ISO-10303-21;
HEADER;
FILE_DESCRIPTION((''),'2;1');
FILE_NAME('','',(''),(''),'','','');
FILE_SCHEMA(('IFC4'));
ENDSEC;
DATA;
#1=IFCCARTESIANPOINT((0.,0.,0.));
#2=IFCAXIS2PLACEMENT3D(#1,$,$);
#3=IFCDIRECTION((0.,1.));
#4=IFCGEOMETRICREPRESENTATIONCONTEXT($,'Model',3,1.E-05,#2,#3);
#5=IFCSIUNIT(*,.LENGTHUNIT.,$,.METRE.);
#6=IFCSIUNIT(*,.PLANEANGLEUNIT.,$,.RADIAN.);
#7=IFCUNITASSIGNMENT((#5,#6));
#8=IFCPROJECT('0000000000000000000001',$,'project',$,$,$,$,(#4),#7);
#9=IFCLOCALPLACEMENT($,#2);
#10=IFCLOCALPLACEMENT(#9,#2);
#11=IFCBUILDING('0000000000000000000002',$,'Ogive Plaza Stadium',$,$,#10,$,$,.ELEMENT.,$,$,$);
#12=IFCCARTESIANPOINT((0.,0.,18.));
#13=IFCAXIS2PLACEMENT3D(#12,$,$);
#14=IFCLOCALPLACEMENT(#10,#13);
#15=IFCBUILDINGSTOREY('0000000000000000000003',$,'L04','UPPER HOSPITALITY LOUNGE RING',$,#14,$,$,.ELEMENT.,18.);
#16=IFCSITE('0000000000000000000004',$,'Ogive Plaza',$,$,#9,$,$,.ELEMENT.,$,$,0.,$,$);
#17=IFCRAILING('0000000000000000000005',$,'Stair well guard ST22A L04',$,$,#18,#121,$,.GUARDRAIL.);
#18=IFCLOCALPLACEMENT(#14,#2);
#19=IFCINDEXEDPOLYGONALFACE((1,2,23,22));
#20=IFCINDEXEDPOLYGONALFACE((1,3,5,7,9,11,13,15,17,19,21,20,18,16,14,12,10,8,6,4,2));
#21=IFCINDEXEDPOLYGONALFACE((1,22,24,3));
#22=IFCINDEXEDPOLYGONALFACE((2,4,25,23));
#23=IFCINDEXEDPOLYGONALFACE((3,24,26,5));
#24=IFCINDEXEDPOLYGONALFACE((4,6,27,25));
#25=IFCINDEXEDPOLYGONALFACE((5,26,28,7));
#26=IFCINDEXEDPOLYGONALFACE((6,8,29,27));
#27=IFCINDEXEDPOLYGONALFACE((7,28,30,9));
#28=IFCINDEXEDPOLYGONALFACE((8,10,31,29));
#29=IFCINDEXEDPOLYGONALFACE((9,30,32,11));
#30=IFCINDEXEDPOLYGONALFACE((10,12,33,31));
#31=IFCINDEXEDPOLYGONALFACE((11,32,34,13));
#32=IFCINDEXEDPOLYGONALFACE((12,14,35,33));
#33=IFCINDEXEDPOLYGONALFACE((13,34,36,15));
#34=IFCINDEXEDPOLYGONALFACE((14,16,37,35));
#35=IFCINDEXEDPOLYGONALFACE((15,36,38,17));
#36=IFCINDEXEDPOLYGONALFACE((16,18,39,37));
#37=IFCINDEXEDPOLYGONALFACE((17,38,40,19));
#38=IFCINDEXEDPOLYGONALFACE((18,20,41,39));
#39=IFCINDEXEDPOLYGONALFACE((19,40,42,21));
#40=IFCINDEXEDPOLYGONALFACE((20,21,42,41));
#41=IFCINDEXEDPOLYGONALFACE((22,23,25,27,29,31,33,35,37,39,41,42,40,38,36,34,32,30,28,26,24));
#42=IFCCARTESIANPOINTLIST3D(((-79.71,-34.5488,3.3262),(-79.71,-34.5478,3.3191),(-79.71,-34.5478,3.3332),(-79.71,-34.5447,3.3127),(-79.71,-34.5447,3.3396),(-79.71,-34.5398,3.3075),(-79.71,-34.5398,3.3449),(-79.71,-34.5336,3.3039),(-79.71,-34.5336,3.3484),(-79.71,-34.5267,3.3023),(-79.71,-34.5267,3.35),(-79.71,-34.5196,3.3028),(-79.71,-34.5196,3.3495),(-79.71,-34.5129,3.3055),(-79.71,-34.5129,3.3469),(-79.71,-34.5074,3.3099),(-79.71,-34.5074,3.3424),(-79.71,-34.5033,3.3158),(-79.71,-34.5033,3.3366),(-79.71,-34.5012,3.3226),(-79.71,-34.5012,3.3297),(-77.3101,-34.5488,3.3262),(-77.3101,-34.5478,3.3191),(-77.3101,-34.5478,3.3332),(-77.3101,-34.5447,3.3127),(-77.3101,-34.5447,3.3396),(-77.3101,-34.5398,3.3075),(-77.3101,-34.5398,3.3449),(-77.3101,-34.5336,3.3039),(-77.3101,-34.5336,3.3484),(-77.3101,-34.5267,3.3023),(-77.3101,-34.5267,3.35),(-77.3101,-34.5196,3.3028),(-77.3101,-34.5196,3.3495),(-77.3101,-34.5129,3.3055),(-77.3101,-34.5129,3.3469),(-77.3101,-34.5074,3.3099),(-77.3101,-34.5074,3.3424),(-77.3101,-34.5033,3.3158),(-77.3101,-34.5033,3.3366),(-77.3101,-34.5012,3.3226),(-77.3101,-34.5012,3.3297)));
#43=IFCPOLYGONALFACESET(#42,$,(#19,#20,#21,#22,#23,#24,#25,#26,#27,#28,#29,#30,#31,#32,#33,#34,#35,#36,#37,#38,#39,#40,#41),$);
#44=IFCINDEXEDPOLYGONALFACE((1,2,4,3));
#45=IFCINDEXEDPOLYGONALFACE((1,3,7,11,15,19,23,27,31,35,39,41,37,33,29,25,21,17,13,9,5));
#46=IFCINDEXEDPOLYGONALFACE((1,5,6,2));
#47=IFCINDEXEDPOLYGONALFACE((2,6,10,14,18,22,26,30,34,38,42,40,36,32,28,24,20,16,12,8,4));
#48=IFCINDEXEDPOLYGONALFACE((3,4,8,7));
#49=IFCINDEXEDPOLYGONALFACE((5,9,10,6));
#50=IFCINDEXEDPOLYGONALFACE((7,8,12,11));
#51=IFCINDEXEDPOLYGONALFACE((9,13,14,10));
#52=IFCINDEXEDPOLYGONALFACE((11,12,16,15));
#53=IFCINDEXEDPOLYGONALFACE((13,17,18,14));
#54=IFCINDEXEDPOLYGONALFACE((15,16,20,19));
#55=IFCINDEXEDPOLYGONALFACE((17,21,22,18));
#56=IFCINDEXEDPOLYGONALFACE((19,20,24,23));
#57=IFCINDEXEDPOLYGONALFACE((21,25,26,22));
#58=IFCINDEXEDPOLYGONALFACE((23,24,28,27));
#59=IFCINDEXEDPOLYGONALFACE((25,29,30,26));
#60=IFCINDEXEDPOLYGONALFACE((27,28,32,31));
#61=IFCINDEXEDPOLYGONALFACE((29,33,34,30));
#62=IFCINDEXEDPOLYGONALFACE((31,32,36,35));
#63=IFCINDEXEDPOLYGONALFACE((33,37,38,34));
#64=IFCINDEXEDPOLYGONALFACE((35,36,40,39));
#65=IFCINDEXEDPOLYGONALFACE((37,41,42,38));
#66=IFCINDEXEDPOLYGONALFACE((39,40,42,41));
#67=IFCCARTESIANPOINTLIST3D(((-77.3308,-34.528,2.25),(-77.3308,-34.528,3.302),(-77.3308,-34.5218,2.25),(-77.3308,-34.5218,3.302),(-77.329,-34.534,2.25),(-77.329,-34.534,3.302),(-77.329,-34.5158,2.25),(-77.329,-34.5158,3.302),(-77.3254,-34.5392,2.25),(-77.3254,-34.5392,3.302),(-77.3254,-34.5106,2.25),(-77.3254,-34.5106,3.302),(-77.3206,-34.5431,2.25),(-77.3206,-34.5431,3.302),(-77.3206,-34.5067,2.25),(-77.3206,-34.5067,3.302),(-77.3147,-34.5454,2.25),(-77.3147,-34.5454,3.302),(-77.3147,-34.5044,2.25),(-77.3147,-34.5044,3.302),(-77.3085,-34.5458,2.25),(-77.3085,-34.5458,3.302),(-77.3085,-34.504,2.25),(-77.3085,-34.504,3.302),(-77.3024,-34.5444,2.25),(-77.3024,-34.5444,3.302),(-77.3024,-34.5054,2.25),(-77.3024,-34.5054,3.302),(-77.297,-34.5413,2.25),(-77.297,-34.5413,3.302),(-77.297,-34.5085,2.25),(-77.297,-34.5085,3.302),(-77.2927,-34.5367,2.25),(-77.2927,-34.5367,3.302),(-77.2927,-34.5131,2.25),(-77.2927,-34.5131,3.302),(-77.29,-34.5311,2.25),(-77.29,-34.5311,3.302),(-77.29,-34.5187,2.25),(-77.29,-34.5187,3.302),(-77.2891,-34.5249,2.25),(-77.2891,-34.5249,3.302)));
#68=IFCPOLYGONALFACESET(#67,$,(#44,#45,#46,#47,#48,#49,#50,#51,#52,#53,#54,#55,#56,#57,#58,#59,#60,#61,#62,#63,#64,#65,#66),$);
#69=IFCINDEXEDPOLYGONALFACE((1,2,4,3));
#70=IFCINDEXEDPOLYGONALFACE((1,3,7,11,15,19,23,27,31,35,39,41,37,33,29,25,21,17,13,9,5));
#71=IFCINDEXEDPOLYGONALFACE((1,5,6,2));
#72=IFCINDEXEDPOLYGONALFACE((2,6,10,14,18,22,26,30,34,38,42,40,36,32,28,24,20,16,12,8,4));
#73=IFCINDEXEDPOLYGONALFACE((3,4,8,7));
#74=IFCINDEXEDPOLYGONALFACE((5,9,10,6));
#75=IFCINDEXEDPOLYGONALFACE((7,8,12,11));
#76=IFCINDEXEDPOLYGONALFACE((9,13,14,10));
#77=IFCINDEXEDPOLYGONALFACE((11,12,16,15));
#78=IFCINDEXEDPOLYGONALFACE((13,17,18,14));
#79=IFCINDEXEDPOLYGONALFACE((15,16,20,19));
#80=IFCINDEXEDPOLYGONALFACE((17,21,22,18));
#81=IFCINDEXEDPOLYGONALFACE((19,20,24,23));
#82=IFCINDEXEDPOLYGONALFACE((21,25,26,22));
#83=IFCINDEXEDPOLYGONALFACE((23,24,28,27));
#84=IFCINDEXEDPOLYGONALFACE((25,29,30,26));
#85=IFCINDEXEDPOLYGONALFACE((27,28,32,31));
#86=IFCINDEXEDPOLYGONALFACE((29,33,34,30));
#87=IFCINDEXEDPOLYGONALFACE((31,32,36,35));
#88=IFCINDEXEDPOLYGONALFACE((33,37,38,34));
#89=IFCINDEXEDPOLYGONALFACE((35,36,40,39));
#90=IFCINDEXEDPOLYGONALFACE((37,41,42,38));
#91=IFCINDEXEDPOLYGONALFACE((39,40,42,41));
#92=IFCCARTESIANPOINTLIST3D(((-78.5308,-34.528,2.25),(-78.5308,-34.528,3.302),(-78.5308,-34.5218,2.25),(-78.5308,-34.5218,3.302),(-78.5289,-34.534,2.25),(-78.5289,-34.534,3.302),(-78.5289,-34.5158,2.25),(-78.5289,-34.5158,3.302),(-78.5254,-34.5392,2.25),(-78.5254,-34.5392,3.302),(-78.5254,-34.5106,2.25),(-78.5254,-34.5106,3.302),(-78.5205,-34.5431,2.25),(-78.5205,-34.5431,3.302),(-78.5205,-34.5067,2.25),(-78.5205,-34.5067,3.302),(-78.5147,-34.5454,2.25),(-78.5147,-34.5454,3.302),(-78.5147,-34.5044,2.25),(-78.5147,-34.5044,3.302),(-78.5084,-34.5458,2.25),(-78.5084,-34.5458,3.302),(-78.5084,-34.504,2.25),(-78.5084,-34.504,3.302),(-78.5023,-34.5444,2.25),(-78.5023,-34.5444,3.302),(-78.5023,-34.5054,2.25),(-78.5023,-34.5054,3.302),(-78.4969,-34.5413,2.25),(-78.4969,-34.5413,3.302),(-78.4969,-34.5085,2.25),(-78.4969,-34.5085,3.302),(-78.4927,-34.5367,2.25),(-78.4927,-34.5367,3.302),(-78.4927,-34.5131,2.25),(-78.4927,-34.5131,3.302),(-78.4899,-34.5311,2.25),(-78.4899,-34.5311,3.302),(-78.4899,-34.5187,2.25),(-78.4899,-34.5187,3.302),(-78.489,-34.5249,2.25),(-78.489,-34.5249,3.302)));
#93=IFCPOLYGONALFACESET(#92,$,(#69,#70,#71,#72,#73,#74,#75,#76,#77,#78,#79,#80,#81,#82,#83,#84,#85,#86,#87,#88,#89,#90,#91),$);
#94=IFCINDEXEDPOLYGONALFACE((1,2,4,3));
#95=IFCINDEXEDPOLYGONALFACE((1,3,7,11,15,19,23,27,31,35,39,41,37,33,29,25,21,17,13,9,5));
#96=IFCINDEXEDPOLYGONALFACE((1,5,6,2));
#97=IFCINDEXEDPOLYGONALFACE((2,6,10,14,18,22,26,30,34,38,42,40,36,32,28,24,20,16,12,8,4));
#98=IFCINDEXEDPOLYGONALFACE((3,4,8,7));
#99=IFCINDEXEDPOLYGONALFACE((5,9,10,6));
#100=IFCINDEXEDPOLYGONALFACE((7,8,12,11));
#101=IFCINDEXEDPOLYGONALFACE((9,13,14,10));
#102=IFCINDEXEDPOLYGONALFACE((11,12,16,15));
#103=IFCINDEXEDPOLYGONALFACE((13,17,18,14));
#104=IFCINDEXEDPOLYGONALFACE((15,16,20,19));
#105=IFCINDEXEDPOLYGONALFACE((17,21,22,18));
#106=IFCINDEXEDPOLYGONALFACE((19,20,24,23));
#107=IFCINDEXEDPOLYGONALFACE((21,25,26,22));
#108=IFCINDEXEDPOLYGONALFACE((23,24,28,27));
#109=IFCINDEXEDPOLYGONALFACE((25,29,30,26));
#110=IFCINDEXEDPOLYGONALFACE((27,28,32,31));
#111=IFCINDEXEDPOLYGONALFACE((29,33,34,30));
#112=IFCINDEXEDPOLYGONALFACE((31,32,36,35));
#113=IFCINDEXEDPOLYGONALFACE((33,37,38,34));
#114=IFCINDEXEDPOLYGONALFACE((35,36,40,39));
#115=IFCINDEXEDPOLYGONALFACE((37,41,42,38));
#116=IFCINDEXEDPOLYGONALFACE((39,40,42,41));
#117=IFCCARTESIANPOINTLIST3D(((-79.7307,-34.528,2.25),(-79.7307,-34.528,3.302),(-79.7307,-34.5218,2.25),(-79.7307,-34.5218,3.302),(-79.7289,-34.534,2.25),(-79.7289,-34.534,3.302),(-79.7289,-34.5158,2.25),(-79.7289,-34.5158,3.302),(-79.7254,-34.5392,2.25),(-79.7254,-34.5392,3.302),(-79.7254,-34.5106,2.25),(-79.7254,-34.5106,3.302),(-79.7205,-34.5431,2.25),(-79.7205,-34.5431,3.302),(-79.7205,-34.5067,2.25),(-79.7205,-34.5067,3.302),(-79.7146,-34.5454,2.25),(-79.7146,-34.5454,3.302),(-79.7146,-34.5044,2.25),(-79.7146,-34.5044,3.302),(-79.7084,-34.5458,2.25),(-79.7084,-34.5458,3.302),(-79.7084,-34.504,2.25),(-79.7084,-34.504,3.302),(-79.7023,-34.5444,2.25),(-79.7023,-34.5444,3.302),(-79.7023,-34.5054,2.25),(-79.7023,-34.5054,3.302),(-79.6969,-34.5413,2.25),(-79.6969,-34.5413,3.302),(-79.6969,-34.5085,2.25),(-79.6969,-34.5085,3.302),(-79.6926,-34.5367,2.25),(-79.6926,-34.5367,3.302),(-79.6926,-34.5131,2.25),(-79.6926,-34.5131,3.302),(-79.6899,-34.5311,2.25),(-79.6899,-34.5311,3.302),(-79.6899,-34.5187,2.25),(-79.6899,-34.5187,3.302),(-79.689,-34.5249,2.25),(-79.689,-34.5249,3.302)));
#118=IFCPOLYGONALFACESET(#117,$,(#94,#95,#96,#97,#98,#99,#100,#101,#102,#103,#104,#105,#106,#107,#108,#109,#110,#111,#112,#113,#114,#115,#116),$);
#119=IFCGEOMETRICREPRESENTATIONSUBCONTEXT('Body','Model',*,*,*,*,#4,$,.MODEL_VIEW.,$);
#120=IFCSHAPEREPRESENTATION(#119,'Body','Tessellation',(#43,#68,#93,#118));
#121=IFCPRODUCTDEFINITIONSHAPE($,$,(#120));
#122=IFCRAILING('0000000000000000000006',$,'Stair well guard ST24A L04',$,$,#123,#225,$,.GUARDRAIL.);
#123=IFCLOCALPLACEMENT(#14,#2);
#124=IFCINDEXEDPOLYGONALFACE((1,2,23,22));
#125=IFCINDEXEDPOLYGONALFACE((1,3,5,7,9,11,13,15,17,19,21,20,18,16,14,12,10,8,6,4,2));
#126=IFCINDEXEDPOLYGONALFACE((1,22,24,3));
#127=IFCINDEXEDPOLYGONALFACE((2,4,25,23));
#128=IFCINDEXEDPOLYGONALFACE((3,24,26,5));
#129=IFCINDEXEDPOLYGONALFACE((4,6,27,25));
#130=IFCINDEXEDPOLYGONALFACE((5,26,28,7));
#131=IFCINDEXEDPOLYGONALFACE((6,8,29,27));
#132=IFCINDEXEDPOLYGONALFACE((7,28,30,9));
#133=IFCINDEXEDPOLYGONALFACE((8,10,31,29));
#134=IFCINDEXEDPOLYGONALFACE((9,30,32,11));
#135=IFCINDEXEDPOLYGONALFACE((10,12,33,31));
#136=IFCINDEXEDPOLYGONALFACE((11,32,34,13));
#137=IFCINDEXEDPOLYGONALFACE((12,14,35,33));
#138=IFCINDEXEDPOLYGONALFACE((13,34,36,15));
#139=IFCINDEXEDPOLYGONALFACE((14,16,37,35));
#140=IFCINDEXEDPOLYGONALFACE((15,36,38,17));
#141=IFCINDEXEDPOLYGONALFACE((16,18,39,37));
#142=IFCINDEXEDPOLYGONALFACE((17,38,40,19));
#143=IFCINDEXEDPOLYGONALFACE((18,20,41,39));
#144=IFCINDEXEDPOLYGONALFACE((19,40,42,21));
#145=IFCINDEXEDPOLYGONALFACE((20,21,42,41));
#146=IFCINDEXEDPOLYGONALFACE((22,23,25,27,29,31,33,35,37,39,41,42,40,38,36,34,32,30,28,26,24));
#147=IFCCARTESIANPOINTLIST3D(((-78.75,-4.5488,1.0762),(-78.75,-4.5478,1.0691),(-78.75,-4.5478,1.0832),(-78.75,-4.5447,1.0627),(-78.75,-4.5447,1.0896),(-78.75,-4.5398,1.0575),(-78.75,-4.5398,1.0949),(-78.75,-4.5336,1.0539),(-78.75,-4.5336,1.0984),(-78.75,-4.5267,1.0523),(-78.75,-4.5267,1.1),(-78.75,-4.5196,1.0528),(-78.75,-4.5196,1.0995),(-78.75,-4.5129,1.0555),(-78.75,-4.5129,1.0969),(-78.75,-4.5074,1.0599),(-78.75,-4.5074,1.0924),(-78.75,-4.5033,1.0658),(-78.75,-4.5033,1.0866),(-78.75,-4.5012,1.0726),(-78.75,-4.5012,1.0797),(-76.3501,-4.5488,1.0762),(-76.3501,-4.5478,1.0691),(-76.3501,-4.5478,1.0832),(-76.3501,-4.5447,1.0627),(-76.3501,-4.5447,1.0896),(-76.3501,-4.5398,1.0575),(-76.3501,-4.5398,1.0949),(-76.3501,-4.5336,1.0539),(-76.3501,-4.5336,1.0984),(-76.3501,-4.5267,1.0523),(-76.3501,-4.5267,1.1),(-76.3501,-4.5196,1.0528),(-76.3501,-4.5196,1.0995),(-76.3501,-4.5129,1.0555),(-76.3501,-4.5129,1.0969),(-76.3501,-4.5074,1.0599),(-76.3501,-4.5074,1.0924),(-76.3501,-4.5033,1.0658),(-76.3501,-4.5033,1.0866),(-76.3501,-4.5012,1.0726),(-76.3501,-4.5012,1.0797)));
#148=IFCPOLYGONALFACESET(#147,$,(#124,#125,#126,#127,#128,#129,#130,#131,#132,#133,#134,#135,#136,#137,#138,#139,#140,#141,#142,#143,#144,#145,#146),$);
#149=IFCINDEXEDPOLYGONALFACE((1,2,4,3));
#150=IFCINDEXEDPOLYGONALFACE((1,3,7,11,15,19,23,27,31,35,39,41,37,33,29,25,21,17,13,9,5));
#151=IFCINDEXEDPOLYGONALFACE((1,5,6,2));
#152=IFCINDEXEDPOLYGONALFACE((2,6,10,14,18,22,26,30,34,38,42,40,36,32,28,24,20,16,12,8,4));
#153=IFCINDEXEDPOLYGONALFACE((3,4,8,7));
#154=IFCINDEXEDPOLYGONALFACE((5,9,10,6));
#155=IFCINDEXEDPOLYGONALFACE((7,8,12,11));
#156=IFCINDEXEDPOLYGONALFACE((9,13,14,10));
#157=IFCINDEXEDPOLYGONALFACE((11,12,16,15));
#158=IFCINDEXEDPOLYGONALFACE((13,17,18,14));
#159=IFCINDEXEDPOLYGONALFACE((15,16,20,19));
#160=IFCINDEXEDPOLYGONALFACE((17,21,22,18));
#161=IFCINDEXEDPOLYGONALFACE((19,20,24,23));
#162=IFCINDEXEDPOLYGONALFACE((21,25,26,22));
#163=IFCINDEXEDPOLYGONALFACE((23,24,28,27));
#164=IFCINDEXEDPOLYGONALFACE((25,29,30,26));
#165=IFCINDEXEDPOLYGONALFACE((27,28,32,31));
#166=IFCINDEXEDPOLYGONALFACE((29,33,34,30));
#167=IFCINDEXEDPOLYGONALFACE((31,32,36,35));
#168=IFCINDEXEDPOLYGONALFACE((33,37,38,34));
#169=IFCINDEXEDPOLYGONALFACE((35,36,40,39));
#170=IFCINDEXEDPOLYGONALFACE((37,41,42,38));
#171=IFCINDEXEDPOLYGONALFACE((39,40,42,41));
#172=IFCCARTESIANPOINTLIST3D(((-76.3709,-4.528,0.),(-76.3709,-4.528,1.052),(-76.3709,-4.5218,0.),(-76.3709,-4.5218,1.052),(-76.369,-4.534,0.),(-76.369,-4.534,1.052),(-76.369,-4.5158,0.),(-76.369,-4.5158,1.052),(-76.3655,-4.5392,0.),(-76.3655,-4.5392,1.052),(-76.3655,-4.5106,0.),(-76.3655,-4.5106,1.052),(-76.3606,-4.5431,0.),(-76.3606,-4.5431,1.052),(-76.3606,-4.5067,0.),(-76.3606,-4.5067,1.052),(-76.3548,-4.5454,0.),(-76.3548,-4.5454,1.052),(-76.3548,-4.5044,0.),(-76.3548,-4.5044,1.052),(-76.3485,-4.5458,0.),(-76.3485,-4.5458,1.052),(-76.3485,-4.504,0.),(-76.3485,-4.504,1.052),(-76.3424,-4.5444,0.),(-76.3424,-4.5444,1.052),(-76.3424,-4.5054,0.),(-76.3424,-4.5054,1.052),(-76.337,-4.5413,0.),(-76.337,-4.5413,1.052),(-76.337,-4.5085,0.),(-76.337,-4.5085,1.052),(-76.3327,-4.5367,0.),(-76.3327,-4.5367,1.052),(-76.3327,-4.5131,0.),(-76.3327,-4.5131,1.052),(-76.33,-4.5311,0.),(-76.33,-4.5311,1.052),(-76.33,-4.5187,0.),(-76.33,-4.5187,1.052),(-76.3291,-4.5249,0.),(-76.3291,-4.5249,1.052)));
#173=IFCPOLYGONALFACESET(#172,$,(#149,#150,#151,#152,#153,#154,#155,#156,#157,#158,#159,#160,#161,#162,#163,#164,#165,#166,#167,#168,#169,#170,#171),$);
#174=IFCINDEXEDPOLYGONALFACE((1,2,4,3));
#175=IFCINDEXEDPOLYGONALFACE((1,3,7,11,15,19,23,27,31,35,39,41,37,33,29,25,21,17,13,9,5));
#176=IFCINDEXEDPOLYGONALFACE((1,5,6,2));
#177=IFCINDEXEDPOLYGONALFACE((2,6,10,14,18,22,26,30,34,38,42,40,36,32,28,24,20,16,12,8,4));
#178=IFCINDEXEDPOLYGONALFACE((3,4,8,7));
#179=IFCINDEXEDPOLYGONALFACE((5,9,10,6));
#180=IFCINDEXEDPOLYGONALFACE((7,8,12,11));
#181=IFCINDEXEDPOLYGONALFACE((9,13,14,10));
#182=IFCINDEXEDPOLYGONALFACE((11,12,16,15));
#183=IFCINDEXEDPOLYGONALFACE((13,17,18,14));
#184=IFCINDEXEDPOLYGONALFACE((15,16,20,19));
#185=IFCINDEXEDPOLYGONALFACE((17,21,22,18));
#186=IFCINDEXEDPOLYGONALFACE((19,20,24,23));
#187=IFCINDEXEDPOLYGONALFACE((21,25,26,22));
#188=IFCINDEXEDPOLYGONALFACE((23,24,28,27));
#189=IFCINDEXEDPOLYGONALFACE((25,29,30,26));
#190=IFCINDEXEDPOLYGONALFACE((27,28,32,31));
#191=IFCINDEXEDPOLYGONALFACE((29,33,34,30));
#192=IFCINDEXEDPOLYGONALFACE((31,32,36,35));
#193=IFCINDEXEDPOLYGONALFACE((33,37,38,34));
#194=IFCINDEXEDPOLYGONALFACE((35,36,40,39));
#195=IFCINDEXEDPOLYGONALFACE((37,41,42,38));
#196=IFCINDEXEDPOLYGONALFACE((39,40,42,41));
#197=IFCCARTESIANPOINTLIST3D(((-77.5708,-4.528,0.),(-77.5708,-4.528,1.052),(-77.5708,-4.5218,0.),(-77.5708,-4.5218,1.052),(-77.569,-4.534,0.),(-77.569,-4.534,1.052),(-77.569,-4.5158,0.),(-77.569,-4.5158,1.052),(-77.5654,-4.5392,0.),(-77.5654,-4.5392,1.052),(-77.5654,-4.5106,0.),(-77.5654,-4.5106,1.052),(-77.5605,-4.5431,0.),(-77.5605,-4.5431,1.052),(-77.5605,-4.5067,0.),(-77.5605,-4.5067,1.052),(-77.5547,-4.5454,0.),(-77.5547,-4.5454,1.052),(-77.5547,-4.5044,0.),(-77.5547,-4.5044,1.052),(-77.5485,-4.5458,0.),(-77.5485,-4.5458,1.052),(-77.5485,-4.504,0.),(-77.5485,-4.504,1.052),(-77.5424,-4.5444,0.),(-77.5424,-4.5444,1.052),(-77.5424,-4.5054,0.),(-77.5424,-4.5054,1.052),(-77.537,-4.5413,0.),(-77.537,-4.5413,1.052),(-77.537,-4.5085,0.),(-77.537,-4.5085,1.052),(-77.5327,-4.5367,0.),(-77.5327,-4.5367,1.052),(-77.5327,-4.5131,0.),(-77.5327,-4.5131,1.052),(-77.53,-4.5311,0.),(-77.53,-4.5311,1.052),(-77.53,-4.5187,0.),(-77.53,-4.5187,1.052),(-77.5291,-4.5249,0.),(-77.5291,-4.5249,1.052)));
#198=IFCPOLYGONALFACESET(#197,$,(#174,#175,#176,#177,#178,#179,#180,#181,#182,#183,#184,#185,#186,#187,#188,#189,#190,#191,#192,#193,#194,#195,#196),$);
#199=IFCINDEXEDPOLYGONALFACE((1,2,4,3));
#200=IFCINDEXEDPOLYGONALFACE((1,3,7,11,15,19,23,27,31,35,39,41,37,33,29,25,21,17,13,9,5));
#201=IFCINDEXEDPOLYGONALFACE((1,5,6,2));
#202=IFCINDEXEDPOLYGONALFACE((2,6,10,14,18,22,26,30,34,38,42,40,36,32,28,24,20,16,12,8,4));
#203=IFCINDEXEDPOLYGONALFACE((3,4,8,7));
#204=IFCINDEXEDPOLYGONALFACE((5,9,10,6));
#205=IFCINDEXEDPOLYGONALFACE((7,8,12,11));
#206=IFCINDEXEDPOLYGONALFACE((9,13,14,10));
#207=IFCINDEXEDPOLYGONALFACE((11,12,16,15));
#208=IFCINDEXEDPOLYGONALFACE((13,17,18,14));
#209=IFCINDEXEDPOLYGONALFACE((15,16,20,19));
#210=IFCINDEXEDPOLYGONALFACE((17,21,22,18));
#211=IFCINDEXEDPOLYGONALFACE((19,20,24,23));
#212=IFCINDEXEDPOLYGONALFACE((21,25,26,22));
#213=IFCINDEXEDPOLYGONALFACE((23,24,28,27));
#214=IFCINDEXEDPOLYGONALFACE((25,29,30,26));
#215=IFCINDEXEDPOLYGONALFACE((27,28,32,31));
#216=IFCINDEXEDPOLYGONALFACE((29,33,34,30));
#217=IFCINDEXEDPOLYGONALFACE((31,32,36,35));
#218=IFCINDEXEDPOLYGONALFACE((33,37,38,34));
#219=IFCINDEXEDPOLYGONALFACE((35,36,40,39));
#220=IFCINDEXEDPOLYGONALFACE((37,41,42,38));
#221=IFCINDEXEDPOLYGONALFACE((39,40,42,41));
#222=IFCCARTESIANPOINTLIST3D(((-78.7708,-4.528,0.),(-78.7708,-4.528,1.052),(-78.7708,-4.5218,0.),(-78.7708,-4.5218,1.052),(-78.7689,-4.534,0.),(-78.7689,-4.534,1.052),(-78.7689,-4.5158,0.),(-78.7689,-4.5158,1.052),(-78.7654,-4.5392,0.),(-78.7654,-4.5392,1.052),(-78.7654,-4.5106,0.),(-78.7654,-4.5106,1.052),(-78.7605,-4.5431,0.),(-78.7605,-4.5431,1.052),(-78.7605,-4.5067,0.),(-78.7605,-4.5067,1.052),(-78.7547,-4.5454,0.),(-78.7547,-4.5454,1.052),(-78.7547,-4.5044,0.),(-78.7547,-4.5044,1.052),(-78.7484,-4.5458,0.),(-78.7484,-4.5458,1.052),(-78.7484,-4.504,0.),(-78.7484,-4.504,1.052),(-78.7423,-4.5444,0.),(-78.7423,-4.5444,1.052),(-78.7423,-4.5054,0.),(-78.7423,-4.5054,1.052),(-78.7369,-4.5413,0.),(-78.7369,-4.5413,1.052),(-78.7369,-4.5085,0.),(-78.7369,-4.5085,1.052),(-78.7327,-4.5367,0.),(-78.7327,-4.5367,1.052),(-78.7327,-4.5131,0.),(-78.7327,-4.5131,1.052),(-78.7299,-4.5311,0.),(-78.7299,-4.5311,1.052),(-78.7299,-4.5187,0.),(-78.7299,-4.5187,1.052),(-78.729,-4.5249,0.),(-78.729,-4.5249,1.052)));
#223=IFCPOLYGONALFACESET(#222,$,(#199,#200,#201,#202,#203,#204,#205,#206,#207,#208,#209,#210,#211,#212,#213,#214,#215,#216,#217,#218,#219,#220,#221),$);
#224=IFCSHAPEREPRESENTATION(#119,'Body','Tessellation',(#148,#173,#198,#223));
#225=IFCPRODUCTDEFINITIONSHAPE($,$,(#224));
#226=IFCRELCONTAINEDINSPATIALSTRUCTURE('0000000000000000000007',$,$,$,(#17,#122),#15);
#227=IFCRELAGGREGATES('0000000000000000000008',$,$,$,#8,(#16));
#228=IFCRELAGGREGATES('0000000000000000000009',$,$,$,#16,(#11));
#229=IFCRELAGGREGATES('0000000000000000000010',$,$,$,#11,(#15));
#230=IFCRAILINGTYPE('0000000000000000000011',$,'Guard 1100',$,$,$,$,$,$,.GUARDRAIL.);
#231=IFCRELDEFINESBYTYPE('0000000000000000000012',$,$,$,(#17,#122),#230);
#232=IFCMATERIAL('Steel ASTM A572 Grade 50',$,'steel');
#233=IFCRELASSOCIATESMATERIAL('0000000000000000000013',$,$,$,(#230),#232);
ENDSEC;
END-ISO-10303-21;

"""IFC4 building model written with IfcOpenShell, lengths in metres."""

from ifc_helpers import new_model, si_unit, direction, frame, origin, origin_2d, place, context, subcontext, project, spatial, circle, extrude, material, type_object, element, save


model = new_model("IFC4")

# Units and contexts
model_context = context("Model", 3, precision=1e-05, world=origin(), true_north=direction((0.0, 1.0)))
body_context = subcontext(model_context, "Body", "Model", "MODEL_VIEW")
ifc_project = project(units=[si_unit("LENGTHUNIT", "METRE"), si_unit("PLANEANGLEUNIT", "RADIAN")], contexts=[model_context])

# Site, building, storey
site_placement = place(None, origin())
site = spatial("IfcSite", under=ifc_project, at=site_placement, Name="Ogive Plaza", CompositionType="ELEMENT", RefElevation=0.0)
building_placement = place(site_placement, origin())
building = spatial("IfcBuilding", under=site, at=building_placement, Name="Ogive Plaza Stadium", CompositionType="ELEMENT")
storey_placement = place(building_placement, frame((0.0, 0.0, 18.0)))
storey = spatial("IfcBuildingStorey", under=building, at=storey_placement, Name="L04", Description="UPPER HOSPITALITY LOUNGE RING", CompositionType="ELEMENT", Elevation=18.0)

# Railings
ifc_material_1 = material(Name="Steel ASTM A572 Grade 50", Category="steel")
railing_type_1 = type_object("IfcRailingType", Name="Guard 1100", PredefinedType="GUARDRAIL", material=ifc_material_1)
for number, where, name in (
    (1, (-77.3101, -34.5249, 2.25), "Stair well guard ST22A L04"),
    (2, (-76.3501, -4.5249, 0.0), "Stair well guard ST24A L04"),
):
    element("IfcRailing", number, at=place(storey_placement, frame(where)), inside=storey, type_object=railing_type_1, Name=name, PredefinedType="GUARDRAIL", context=body_context, shape_type="SweptSolid", body=[
        extrude(circle(Radius=0.0239, at=origin_2d()), frame((0.0, 0.0, 1.0762), z_axis=(-1.0, 0.0, 0.0), x_axis=(0.0, -1.0, 0.0)), (0.0, 0.0, 1.0), 2.3999),
        extrude(circle(Radius=0.021, at=origin_2d()), origin(), (0.0, 0.0, 1.0), 1.052),
        extrude(circle(Radius=0.021, at=origin_2d()), frame((-1.2, 0.0, 0.0)), (0.0, 0.0, 1.0), 1.052),
        extrude(circle(Radius=0.021, at=origin_2d()), frame((-2.3999, 0.0, 0.0)), (0.0, 0.0, 1.0), 1.052),
    ])

save(model, "model.ifc")
